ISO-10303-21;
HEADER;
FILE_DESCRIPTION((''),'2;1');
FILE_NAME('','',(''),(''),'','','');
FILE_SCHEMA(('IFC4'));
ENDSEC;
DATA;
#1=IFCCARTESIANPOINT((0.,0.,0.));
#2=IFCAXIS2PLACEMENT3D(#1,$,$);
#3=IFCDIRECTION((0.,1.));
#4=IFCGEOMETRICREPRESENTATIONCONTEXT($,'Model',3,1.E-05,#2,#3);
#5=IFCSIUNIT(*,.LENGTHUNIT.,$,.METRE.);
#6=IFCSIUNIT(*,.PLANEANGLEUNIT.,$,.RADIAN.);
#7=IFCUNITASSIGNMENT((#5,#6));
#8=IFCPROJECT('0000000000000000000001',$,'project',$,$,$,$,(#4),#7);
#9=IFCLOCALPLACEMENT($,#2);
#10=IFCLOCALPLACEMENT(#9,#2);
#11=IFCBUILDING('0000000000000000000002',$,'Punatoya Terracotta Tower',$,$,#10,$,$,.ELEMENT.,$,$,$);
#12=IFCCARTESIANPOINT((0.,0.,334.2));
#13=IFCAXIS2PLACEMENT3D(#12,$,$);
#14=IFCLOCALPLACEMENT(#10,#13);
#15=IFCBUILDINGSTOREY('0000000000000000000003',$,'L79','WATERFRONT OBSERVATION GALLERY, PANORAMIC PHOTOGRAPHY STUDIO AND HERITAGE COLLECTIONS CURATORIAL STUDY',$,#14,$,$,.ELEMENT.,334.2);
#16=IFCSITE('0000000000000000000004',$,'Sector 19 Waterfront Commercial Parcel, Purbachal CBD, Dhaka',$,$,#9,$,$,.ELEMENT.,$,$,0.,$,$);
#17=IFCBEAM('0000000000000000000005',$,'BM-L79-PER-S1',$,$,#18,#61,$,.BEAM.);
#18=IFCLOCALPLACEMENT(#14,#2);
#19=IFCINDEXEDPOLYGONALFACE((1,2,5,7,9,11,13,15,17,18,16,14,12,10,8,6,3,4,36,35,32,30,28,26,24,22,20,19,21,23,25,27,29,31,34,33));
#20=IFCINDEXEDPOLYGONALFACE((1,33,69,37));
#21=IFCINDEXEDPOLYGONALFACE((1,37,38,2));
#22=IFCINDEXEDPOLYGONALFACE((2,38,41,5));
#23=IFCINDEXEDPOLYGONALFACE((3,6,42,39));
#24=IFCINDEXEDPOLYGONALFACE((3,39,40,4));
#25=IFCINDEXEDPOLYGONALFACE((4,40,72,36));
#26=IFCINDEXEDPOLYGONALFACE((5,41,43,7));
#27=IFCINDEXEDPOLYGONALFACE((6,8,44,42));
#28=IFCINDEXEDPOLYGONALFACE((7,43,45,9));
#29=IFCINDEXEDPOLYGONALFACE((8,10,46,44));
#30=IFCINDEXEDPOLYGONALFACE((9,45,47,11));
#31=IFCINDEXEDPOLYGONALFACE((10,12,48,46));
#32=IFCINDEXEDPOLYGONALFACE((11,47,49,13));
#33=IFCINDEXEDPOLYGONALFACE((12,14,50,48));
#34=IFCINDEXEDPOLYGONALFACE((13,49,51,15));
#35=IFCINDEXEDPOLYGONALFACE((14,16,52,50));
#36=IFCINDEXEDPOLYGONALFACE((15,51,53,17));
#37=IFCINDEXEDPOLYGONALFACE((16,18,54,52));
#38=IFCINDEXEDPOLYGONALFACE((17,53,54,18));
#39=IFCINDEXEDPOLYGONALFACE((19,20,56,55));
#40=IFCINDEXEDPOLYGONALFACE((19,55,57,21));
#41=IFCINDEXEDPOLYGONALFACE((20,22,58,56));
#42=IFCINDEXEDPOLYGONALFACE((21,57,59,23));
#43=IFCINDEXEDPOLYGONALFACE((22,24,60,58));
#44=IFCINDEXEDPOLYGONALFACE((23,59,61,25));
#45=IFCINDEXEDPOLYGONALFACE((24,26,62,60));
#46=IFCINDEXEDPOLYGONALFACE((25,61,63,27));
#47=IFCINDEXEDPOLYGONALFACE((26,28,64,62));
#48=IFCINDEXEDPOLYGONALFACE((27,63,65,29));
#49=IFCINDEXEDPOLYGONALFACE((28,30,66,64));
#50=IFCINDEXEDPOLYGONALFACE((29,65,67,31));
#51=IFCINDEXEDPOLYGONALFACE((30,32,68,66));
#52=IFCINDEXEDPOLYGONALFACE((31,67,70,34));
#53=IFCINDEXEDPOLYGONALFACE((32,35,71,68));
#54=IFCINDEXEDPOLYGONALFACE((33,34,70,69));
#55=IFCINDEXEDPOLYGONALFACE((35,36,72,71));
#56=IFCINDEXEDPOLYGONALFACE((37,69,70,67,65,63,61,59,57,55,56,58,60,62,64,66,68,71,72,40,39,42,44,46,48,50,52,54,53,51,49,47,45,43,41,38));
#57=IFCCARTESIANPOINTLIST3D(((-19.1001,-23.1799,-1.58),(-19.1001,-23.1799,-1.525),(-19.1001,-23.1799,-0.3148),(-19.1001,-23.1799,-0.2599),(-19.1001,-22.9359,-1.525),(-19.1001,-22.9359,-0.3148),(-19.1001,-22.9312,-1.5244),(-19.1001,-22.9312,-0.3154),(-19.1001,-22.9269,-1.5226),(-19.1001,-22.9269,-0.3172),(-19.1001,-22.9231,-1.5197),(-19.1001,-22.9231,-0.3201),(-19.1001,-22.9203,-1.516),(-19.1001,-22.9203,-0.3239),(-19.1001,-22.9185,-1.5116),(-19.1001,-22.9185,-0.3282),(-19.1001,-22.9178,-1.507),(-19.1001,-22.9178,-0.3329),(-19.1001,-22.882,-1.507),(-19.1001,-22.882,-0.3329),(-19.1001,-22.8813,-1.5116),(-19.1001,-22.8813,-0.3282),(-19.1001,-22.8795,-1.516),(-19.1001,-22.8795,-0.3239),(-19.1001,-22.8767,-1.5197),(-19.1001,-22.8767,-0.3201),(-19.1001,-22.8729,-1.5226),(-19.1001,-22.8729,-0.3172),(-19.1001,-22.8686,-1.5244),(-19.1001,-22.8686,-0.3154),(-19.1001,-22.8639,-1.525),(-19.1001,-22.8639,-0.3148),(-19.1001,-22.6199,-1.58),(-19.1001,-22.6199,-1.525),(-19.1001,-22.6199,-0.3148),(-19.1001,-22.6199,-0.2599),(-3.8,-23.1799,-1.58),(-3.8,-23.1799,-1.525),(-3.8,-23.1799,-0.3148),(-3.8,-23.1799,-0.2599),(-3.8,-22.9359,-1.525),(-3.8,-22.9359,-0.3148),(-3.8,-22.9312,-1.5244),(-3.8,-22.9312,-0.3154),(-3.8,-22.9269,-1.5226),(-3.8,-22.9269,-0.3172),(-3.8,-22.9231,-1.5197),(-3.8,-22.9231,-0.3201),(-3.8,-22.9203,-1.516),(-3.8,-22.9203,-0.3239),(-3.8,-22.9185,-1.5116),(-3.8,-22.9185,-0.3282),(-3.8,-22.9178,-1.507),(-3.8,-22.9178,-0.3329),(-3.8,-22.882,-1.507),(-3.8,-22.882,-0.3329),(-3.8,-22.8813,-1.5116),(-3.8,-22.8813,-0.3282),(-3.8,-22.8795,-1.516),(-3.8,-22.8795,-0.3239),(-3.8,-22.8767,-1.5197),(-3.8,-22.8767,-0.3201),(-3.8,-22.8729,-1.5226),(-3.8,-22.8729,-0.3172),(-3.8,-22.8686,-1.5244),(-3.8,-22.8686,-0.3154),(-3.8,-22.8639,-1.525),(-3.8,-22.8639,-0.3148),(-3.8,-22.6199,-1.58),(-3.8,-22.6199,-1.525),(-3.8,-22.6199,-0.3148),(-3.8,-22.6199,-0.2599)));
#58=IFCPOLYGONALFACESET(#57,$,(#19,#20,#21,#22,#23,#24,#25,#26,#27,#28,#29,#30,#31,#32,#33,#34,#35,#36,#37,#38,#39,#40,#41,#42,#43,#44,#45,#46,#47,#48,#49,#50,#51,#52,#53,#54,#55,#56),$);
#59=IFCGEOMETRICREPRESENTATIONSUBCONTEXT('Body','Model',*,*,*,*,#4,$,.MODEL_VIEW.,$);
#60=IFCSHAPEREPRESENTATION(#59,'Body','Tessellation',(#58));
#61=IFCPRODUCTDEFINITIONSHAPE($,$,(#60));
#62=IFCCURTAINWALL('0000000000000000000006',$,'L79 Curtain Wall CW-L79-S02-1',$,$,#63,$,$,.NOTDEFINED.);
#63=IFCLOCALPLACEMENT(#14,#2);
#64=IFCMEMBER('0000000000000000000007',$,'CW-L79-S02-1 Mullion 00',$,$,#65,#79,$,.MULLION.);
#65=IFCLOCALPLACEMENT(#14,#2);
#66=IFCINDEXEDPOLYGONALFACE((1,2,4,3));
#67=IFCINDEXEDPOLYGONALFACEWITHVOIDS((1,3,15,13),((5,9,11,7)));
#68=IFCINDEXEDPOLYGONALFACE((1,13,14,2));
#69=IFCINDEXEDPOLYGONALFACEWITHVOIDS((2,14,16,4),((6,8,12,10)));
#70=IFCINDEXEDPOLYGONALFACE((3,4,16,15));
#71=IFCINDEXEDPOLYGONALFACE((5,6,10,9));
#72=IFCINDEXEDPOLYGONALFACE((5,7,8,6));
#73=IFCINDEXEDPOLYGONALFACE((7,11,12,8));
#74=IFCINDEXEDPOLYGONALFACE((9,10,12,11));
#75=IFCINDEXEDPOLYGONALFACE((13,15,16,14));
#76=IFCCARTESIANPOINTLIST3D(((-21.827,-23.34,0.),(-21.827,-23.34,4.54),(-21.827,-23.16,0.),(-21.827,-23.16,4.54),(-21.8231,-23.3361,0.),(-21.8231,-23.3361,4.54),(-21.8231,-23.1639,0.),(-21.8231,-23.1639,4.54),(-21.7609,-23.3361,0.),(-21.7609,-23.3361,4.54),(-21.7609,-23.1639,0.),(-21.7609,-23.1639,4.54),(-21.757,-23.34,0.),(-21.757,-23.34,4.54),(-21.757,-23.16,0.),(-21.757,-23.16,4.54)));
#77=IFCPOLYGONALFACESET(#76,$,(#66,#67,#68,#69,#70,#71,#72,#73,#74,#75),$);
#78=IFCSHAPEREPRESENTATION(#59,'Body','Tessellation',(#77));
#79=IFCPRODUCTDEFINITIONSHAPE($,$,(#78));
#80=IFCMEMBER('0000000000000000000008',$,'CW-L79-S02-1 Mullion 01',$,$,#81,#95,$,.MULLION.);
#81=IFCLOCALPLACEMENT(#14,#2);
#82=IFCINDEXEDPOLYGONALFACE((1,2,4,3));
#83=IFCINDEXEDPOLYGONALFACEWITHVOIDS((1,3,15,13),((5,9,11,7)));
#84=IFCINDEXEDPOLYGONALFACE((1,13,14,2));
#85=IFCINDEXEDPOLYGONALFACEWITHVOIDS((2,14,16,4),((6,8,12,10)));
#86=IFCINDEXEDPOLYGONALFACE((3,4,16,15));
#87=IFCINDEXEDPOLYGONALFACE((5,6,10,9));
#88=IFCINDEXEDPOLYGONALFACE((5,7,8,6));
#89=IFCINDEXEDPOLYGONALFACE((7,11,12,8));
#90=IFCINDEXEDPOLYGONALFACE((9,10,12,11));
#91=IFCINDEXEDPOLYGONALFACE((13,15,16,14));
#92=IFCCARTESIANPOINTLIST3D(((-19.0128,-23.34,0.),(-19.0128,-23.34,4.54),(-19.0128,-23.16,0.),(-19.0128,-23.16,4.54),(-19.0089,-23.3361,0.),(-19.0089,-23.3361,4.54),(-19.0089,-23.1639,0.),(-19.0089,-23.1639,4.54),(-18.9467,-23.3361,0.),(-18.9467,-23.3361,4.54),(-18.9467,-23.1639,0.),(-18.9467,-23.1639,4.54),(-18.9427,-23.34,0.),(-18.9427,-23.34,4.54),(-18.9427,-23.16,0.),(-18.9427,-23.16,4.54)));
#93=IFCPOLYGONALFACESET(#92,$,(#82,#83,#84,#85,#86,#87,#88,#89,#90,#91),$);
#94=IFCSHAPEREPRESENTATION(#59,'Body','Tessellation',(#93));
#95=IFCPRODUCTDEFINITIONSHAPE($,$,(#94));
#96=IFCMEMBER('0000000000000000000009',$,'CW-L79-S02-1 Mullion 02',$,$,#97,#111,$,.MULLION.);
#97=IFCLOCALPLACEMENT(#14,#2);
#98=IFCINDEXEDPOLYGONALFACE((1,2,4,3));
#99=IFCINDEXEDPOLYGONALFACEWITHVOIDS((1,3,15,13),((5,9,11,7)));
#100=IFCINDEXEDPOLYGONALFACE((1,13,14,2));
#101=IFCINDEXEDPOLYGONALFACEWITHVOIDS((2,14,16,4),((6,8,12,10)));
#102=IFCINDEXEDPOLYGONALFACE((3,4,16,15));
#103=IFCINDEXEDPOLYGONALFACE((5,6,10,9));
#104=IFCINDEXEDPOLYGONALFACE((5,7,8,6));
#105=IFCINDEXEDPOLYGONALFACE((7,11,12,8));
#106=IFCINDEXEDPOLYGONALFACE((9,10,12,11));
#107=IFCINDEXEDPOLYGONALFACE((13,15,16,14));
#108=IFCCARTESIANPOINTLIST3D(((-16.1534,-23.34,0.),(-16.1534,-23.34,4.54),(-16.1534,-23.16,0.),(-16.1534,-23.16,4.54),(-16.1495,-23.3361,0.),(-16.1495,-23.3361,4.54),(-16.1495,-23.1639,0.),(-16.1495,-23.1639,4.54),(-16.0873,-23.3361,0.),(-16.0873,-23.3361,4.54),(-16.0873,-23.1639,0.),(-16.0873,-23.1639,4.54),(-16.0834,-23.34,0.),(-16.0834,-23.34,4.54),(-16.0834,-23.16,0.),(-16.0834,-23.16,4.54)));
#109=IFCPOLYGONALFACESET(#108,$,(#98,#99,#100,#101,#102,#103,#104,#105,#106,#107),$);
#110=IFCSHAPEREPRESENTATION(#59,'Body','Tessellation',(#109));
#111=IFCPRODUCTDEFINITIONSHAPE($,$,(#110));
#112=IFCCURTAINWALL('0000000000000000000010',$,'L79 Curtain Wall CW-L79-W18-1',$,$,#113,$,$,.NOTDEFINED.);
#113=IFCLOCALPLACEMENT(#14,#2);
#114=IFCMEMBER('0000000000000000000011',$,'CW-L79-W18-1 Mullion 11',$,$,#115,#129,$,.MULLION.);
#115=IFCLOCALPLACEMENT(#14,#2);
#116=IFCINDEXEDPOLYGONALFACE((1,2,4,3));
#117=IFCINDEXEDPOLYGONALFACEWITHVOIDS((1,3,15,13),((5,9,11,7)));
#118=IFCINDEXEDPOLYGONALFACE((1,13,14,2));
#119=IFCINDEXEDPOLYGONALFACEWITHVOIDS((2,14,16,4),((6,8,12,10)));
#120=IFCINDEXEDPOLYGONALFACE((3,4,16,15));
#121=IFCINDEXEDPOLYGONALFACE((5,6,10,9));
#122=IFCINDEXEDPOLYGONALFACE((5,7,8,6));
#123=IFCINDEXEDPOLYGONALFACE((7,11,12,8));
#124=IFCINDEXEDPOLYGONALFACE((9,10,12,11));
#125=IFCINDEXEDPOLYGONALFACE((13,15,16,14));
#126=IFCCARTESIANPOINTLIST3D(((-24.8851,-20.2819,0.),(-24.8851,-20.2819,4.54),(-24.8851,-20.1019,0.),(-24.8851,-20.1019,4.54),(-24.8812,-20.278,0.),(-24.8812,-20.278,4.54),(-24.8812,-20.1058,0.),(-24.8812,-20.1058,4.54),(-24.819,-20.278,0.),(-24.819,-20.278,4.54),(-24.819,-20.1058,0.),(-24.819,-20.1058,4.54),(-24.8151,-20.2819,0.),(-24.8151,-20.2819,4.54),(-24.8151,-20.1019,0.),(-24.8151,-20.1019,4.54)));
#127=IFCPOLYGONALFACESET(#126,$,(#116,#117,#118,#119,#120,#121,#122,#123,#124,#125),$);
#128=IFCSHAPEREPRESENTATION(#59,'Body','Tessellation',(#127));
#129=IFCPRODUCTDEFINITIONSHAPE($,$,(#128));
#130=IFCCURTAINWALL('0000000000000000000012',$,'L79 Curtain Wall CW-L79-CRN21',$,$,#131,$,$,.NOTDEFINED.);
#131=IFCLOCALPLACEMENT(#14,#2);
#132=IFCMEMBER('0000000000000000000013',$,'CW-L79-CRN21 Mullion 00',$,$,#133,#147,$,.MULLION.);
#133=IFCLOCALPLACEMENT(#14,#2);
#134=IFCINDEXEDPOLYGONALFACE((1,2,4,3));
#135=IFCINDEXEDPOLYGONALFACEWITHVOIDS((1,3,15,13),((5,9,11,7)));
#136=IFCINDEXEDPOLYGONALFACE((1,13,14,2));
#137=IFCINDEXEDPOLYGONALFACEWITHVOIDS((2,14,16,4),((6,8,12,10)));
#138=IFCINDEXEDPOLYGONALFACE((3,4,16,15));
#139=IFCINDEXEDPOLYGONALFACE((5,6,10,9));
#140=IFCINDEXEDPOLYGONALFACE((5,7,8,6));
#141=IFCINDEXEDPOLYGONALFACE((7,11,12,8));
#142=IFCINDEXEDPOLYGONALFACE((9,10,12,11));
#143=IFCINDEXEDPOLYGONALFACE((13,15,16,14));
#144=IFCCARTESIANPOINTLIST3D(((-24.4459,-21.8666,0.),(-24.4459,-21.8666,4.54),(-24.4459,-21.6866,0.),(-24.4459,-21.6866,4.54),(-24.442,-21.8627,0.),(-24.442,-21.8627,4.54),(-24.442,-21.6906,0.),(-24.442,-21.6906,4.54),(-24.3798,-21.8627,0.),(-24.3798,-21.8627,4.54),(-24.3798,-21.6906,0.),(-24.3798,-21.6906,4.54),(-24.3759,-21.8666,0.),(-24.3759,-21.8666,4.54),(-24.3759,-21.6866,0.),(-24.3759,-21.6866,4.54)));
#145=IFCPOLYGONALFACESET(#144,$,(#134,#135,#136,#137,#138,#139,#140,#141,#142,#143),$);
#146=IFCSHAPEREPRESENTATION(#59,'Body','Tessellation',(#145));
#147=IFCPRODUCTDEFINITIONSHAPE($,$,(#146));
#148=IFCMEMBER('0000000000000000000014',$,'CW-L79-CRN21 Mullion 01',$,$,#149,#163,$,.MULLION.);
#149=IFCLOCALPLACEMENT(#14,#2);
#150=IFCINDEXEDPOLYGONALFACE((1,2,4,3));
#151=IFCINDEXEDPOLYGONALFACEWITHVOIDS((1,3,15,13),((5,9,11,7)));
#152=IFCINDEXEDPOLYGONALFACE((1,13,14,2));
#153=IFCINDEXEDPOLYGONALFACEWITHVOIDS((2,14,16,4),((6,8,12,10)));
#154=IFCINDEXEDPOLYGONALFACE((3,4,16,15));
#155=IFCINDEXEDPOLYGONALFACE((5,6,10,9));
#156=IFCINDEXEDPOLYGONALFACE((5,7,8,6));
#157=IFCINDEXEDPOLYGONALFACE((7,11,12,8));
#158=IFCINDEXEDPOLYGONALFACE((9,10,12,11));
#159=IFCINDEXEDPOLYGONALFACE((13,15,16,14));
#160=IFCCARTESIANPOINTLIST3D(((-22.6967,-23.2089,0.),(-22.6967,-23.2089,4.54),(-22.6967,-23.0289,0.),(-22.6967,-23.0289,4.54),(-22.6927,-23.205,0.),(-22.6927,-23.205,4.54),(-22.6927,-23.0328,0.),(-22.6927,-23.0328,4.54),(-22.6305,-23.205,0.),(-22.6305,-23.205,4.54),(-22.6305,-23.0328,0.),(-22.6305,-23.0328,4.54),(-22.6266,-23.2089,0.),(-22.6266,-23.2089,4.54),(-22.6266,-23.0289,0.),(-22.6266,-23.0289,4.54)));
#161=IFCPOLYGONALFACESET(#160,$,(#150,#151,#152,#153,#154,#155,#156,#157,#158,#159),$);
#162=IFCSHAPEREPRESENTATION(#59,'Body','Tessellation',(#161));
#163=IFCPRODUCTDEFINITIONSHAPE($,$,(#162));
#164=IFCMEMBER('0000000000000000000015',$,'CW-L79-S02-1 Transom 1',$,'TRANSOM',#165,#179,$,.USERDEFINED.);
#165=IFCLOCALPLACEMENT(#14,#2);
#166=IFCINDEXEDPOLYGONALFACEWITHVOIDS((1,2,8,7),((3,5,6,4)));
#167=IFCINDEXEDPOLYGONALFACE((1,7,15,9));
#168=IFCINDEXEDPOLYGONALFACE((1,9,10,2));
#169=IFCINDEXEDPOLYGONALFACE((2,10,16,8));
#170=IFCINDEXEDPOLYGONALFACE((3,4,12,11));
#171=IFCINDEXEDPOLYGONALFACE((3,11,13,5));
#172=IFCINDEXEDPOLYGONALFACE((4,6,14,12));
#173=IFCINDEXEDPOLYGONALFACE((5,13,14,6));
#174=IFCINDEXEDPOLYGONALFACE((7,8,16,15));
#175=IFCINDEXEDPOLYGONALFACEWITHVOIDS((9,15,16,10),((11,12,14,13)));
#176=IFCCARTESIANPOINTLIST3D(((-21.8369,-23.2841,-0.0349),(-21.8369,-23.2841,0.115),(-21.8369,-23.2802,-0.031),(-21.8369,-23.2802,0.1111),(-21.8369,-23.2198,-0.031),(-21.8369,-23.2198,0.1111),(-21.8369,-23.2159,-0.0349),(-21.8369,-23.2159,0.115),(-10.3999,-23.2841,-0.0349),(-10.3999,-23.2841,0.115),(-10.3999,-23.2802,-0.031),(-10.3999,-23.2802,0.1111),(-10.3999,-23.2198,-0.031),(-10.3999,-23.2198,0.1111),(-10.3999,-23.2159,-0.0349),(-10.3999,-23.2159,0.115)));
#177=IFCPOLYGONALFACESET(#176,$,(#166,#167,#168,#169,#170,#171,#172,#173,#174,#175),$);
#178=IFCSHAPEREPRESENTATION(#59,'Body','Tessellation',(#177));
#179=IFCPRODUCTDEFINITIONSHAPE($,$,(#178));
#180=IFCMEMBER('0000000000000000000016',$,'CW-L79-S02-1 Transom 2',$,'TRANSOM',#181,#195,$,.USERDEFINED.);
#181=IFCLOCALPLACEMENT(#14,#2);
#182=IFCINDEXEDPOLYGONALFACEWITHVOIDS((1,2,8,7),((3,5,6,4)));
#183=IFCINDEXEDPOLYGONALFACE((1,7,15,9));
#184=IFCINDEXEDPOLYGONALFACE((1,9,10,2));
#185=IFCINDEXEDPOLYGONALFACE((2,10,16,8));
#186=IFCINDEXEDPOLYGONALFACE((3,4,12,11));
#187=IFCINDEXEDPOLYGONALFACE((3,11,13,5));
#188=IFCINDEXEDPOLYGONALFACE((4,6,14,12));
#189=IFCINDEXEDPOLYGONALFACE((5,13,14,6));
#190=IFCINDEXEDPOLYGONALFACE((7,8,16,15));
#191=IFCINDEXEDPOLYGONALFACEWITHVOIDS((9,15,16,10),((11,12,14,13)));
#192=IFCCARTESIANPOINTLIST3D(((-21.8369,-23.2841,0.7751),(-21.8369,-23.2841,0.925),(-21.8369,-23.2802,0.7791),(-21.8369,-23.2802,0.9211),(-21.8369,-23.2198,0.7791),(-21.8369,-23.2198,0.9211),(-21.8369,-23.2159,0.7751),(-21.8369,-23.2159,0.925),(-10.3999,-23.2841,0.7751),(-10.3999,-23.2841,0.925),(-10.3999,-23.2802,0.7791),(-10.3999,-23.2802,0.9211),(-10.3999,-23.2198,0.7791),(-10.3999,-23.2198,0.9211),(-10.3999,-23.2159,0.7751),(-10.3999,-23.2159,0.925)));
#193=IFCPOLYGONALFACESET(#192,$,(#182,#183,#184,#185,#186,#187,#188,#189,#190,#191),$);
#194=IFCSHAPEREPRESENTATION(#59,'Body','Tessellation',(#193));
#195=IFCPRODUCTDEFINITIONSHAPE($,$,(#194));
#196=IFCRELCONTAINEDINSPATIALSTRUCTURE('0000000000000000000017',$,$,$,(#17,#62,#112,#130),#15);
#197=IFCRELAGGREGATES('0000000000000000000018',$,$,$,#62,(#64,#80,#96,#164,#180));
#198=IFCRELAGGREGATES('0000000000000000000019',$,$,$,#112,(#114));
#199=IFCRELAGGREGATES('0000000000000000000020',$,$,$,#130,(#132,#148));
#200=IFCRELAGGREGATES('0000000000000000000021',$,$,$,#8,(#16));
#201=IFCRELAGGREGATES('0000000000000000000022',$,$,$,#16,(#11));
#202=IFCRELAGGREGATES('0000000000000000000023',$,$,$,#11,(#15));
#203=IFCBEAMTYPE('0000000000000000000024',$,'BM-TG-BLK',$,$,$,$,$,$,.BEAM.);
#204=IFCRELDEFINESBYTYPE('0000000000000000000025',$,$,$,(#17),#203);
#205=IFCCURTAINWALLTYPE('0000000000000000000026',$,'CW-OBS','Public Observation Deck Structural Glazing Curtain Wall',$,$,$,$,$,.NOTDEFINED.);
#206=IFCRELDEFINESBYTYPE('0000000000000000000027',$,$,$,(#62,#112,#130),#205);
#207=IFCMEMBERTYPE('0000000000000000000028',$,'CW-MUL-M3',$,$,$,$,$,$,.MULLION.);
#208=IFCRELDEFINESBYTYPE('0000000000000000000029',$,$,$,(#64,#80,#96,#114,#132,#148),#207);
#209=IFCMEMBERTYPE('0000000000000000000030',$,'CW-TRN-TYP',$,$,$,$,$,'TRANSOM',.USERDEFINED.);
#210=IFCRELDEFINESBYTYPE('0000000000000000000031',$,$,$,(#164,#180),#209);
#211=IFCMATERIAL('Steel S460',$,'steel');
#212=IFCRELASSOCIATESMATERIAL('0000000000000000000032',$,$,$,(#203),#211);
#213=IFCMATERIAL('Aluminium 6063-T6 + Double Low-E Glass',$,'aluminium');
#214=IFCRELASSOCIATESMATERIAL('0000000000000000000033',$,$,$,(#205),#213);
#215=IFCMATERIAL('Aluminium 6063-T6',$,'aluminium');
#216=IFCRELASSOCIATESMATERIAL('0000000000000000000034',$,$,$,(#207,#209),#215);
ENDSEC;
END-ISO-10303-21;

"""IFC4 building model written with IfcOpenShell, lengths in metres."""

from ifc_helpers import new_model, si_unit, direction, frame, origin, origin_2d, place, context, subcontext, project, spatial, hollow_rectangle, i_section, extrude, material, material_profile, profile_set, type_object, element, aggregate, save


model = new_model("IFC4")

# Units and contexts
model_context = context("Model", 3, precision=1e-05, world=origin(), true_north=direction((0.0, 1.0)))
body_context = subcontext(model_context, "Body", "Model", "MODEL_VIEW")
ifc_project = project(units=[si_unit("LENGTHUNIT", "METRE"), si_unit("PLANEANGLEUNIT", "RADIAN")], contexts=[model_context])

# Site, building, storey
site_placement = place(None, origin())
site = spatial("IfcSite", under=ifc_project, at=site_placement, Name="Sector 19 Waterfront Commercial Parcel, Purbachal CBD, Dhaka", CompositionType="ELEMENT", RefElevation=0.0)
building_placement = place(site_placement, origin())
building = spatial("IfcBuilding", under=site, at=building_placement, Name="Punatoya Terracotta Tower", CompositionType="ELEMENT")
storey_placement = place(building_placement, frame((0.0, 0.0, 334.2)))
storey = spatial("IfcBuildingStorey", under=building, at=storey_placement, Name="L79", Description="WATERFRONT OBSERVATION GALLERY, PANORAMIC PHOTOGRAPHY STUDIO AND HERITAGE COLLECTIONS CURATORIAL STUDY", CompositionType="ELEMENT", Elevation=334.2)

# Beam
ifc_material_1 = material(Name="Steel S460", Category="steel")
ifc_material_profile_1 = material_profile(ifc_material_1, i_section(OverallWidth=0.5601, OverallDepth=1.3201, WebThickness=0.0359, FlangeThickness=0.0549, FilletRadius=0.0181, at=origin_2d()))
ifc_profile_set_1 = profile_set([ifc_material_profile_1], Name="Steel S460")
beam_type = type_object("IfcBeamType", Name="BM-TG-BLK", PredefinedType="BEAM", material=ifc_profile_set_1)
beam_placement = place(storey_placement, frame((-19.1001, -22.8999, -0.9199), z_axis=(1.0, 0.0, 0.0), x_axis=(0.0, 1.0, 0.0)))
element("IfcBeam", 1, at=beam_placement, inside=storey, type_object=beam_type, Name="BM-L79-PER-S1", PredefinedType="BEAM", context=body_context, shape_type="SweptSolid", body=[
    extrude(i_section(OverallWidth=0.5601, OverallDepth=1.3201, WebThickness=0.0359, FlangeThickness=0.0549, FilletRadius=0.0181, at=origin_2d()), origin(), (0.0, 0.0, 1.0), 15.3),
])

# Curtain wall, members
ifc_material_2 = material(Name="Aluminium 6063-T6 + Double Low-E Glass", Category="aluminium")
curtain_wall_type = type_object("IfcCurtainWallType", Name="CW-OBS", Description="Public Observation Deck Structural Glazing Curtain Wall", PredefinedType="NOTDEFINED", material=ifc_material_2)
curtain_wall_1_placement = place(storey_placement, origin())
curtain_wall_1 = element("IfcCurtainWall", 2, at=curtain_wall_1_placement, inside=storey, type_object=curtain_wall_type, Name="L79 Curtain Wall CW-L79-S02-1", PredefinedType="NOTDEFINED")
ifc_material_3 = material(Name="Aluminium 6063-T6", Category="aluminium")
ifc_material_profile_2 = material_profile(ifc_material_3, hollow_rectangle(XDim=0.0701, YDim=0.1799, WallThickness=0.0039, at=origin_2d()))
ifc_profile_set_2 = profile_set([ifc_material_profile_2], Name="Aluminium 6063-T6")
member_type_1 = type_object("IfcMemberType", Name="CW-MUL-M3", PredefinedType="MULLION", material=ifc_profile_set_2)
member_1_placement = place(storey_placement, frame((-21.792, -23.25, 0.0), z_axis=(0.0, 0.0, 1.0), x_axis=(1.0, 0.0, 0.0)))
member_1 = element("IfcMember", 3, at=member_1_placement, type_object=member_type_1, Name="CW-L79-S02-1 Mullion 00", PredefinedType="MULLION", context=body_context, shape_type="SweptSolid", body=[
    extrude(hollow_rectangle(XDim=0.0701, YDim=0.1799, WallThickness=0.0039, at=origin_2d()), origin(), (0.0, 0.0, 1.0), 4.54),
])
member_2_placement = place(storey_placement, frame((-18.9778, -23.25, 0.0), z_axis=(0.0, 0.0, 1.0), x_axis=(1.0, 0.0, 0.0)))
member_2 = element("IfcMember", 4, at=member_2_placement, type_object=member_type_1, Name="CW-L79-S02-1 Mullion 01", PredefinedType="MULLION", context=body_context, shape_type="SweptSolid", body=[
    extrude(hollow_rectangle(XDim=0.0701, YDim=0.1799, WallThickness=0.0039, at=origin_2d()), origin(), (0.0, 0.0, 1.0), 4.54),
])
member_3_placement = place(storey_placement, frame((-16.1184, -23.25, 0.0), z_axis=(0.0, 0.0, 1.0), x_axis=(1.0, 0.0, 0.0)))
member_3 = element("IfcMember", 5, at=member_3_placement, type_object=member_type_1, Name="CW-L79-S02-1 Mullion 02", PredefinedType="MULLION", context=body_context, shape_type="SweptSolid", body=[
    extrude(hollow_rectangle(XDim=0.0701, YDim=0.1799, WallThickness=0.0039, at=origin_2d()), origin(), (0.0, 0.0, 1.0), 4.54),
])

# Curtain wall, member
curtain_wall_2_placement = place(storey_placement, origin())
curtain_wall_2 = element("IfcCurtainWall", 6, at=curtain_wall_2_placement, inside=storey, type_object=curtain_wall_type, Name="L79 Curtain Wall CW-L79-W18-1", PredefinedType="NOTDEFINED")
member_4_placement = place(storey_placement, frame((-24.8501, -20.1919, 0.0), z_axis=(0.0, 0.0, 1.0), x_axis=(1.0, 0.0, 0.0)))
member_4 = element("IfcMember", 7, at=member_4_placement, type_object=member_type_1, Name="CW-L79-W18-1 Mullion 11", PredefinedType="MULLION", context=body_context, shape_type="SweptSolid", body=[
    extrude(hollow_rectangle(XDim=0.0701, YDim=0.1799, WallThickness=0.0039, at=origin_2d()), origin(), (0.0, 0.0, 1.0), 4.54),
])

# Curtain wall, members
curtain_wall_3_placement = place(storey_placement, origin())
curtain_wall_3 = element("IfcCurtainWall", 8, at=curtain_wall_3_placement, inside=storey, type_object=curtain_wall_type, Name="L79 Curtain Wall CW-L79-CRN21", PredefinedType="NOTDEFINED")
member_5_placement = place(storey_placement, frame((-24.4109, -21.7766, 0.0), z_axis=(0.0, 0.0, 1.0), x_axis=(1.0, 0.0, 0.0)))
member_5 = element("IfcMember", 9, at=member_5_placement, type_object=member_type_1, Name="CW-L79-CRN21 Mullion 00", PredefinedType="MULLION", context=body_context, shape_type="SweptSolid", body=[
    extrude(hollow_rectangle(XDim=0.0701, YDim=0.1799, WallThickness=0.0039, at=origin_2d()), origin(), (0.0, 0.0, 1.0), 4.54),
])
member_6_placement = place(storey_placement, frame((-22.6616, -23.1189, 0.0), z_axis=(0.0, 0.0, 1.0), x_axis=(1.0, 0.0, 0.0)))
member_6 = element("IfcMember", 10, at=member_6_placement, type_object=member_type_1, Name="CW-L79-CRN21 Mullion 01", PredefinedType="MULLION", context=body_context, shape_type="SweptSolid", body=[
    extrude(hollow_rectangle(XDim=0.0701, YDim=0.1799, WallThickness=0.0039, at=origin_2d()), origin(), (0.0, 0.0, 1.0), 4.54),
])

# Members
ifc_material_profile_3 = material_profile(ifc_material_3, hollow_rectangle(XDim=0.0681, YDim=0.1499, WallThickness=0.0039, at=origin_2d()))
ifc_profile_set_3 = profile_set([ifc_material_profile_3], Name="Aluminium 6063-T6")
member_type_2 = type_object("IfcMemberType", Name="CW-TRN-TYP", ElementType="TRANSOM", PredefinedType="USERDEFINED", material=ifc_profile_set_3)
member_7_placement = place(storey_placement, frame((-21.8369, -23.25, 0.04), z_axis=(1.0, 0.0, 0.0), x_axis=(0.0, 1.0, 0.0)))
member_7 = element("IfcMember", 11, at=member_7_placement, type_object=member_type_2, Name="CW-L79-S02-1 Transom 1", ObjectType="TRANSOM", PredefinedType="USERDEFINED", context=body_context, shape_type="SweptSolid", body=[
    extrude(hollow_rectangle(XDim=0.0681, YDim=0.1499, WallThickness=0.0039, at=origin_2d()), origin(), (0.0, 0.0, 1.0), 11.437),
])
member_8_placement = place(storey_placement, frame((-21.8369, -23.25, 0.8501), z_axis=(1.0, 0.0, 0.0), x_axis=(0.0, 1.0, 0.0)))
member_8 = element("IfcMember", 12, at=member_8_placement, type_object=member_type_2, Name="CW-L79-S02-1 Transom 2", ObjectType="TRANSOM", PredefinedType="USERDEFINED", context=body_context, shape_type="SweptSolid", body=[
    extrude(hollow_rectangle(XDim=0.0681, YDim=0.1499, WallThickness=0.0039, at=origin_2d()), origin(), (0.0, 0.0, 1.0), 11.437),
])

aggregate(curtain_wall_1, [member_1, member_2, member_3, member_7, member_8])
aggregate(curtain_wall_2, [member_4])
aggregate(curtain_wall_3, [member_5, member_6])

save(model, "model.ifc")
